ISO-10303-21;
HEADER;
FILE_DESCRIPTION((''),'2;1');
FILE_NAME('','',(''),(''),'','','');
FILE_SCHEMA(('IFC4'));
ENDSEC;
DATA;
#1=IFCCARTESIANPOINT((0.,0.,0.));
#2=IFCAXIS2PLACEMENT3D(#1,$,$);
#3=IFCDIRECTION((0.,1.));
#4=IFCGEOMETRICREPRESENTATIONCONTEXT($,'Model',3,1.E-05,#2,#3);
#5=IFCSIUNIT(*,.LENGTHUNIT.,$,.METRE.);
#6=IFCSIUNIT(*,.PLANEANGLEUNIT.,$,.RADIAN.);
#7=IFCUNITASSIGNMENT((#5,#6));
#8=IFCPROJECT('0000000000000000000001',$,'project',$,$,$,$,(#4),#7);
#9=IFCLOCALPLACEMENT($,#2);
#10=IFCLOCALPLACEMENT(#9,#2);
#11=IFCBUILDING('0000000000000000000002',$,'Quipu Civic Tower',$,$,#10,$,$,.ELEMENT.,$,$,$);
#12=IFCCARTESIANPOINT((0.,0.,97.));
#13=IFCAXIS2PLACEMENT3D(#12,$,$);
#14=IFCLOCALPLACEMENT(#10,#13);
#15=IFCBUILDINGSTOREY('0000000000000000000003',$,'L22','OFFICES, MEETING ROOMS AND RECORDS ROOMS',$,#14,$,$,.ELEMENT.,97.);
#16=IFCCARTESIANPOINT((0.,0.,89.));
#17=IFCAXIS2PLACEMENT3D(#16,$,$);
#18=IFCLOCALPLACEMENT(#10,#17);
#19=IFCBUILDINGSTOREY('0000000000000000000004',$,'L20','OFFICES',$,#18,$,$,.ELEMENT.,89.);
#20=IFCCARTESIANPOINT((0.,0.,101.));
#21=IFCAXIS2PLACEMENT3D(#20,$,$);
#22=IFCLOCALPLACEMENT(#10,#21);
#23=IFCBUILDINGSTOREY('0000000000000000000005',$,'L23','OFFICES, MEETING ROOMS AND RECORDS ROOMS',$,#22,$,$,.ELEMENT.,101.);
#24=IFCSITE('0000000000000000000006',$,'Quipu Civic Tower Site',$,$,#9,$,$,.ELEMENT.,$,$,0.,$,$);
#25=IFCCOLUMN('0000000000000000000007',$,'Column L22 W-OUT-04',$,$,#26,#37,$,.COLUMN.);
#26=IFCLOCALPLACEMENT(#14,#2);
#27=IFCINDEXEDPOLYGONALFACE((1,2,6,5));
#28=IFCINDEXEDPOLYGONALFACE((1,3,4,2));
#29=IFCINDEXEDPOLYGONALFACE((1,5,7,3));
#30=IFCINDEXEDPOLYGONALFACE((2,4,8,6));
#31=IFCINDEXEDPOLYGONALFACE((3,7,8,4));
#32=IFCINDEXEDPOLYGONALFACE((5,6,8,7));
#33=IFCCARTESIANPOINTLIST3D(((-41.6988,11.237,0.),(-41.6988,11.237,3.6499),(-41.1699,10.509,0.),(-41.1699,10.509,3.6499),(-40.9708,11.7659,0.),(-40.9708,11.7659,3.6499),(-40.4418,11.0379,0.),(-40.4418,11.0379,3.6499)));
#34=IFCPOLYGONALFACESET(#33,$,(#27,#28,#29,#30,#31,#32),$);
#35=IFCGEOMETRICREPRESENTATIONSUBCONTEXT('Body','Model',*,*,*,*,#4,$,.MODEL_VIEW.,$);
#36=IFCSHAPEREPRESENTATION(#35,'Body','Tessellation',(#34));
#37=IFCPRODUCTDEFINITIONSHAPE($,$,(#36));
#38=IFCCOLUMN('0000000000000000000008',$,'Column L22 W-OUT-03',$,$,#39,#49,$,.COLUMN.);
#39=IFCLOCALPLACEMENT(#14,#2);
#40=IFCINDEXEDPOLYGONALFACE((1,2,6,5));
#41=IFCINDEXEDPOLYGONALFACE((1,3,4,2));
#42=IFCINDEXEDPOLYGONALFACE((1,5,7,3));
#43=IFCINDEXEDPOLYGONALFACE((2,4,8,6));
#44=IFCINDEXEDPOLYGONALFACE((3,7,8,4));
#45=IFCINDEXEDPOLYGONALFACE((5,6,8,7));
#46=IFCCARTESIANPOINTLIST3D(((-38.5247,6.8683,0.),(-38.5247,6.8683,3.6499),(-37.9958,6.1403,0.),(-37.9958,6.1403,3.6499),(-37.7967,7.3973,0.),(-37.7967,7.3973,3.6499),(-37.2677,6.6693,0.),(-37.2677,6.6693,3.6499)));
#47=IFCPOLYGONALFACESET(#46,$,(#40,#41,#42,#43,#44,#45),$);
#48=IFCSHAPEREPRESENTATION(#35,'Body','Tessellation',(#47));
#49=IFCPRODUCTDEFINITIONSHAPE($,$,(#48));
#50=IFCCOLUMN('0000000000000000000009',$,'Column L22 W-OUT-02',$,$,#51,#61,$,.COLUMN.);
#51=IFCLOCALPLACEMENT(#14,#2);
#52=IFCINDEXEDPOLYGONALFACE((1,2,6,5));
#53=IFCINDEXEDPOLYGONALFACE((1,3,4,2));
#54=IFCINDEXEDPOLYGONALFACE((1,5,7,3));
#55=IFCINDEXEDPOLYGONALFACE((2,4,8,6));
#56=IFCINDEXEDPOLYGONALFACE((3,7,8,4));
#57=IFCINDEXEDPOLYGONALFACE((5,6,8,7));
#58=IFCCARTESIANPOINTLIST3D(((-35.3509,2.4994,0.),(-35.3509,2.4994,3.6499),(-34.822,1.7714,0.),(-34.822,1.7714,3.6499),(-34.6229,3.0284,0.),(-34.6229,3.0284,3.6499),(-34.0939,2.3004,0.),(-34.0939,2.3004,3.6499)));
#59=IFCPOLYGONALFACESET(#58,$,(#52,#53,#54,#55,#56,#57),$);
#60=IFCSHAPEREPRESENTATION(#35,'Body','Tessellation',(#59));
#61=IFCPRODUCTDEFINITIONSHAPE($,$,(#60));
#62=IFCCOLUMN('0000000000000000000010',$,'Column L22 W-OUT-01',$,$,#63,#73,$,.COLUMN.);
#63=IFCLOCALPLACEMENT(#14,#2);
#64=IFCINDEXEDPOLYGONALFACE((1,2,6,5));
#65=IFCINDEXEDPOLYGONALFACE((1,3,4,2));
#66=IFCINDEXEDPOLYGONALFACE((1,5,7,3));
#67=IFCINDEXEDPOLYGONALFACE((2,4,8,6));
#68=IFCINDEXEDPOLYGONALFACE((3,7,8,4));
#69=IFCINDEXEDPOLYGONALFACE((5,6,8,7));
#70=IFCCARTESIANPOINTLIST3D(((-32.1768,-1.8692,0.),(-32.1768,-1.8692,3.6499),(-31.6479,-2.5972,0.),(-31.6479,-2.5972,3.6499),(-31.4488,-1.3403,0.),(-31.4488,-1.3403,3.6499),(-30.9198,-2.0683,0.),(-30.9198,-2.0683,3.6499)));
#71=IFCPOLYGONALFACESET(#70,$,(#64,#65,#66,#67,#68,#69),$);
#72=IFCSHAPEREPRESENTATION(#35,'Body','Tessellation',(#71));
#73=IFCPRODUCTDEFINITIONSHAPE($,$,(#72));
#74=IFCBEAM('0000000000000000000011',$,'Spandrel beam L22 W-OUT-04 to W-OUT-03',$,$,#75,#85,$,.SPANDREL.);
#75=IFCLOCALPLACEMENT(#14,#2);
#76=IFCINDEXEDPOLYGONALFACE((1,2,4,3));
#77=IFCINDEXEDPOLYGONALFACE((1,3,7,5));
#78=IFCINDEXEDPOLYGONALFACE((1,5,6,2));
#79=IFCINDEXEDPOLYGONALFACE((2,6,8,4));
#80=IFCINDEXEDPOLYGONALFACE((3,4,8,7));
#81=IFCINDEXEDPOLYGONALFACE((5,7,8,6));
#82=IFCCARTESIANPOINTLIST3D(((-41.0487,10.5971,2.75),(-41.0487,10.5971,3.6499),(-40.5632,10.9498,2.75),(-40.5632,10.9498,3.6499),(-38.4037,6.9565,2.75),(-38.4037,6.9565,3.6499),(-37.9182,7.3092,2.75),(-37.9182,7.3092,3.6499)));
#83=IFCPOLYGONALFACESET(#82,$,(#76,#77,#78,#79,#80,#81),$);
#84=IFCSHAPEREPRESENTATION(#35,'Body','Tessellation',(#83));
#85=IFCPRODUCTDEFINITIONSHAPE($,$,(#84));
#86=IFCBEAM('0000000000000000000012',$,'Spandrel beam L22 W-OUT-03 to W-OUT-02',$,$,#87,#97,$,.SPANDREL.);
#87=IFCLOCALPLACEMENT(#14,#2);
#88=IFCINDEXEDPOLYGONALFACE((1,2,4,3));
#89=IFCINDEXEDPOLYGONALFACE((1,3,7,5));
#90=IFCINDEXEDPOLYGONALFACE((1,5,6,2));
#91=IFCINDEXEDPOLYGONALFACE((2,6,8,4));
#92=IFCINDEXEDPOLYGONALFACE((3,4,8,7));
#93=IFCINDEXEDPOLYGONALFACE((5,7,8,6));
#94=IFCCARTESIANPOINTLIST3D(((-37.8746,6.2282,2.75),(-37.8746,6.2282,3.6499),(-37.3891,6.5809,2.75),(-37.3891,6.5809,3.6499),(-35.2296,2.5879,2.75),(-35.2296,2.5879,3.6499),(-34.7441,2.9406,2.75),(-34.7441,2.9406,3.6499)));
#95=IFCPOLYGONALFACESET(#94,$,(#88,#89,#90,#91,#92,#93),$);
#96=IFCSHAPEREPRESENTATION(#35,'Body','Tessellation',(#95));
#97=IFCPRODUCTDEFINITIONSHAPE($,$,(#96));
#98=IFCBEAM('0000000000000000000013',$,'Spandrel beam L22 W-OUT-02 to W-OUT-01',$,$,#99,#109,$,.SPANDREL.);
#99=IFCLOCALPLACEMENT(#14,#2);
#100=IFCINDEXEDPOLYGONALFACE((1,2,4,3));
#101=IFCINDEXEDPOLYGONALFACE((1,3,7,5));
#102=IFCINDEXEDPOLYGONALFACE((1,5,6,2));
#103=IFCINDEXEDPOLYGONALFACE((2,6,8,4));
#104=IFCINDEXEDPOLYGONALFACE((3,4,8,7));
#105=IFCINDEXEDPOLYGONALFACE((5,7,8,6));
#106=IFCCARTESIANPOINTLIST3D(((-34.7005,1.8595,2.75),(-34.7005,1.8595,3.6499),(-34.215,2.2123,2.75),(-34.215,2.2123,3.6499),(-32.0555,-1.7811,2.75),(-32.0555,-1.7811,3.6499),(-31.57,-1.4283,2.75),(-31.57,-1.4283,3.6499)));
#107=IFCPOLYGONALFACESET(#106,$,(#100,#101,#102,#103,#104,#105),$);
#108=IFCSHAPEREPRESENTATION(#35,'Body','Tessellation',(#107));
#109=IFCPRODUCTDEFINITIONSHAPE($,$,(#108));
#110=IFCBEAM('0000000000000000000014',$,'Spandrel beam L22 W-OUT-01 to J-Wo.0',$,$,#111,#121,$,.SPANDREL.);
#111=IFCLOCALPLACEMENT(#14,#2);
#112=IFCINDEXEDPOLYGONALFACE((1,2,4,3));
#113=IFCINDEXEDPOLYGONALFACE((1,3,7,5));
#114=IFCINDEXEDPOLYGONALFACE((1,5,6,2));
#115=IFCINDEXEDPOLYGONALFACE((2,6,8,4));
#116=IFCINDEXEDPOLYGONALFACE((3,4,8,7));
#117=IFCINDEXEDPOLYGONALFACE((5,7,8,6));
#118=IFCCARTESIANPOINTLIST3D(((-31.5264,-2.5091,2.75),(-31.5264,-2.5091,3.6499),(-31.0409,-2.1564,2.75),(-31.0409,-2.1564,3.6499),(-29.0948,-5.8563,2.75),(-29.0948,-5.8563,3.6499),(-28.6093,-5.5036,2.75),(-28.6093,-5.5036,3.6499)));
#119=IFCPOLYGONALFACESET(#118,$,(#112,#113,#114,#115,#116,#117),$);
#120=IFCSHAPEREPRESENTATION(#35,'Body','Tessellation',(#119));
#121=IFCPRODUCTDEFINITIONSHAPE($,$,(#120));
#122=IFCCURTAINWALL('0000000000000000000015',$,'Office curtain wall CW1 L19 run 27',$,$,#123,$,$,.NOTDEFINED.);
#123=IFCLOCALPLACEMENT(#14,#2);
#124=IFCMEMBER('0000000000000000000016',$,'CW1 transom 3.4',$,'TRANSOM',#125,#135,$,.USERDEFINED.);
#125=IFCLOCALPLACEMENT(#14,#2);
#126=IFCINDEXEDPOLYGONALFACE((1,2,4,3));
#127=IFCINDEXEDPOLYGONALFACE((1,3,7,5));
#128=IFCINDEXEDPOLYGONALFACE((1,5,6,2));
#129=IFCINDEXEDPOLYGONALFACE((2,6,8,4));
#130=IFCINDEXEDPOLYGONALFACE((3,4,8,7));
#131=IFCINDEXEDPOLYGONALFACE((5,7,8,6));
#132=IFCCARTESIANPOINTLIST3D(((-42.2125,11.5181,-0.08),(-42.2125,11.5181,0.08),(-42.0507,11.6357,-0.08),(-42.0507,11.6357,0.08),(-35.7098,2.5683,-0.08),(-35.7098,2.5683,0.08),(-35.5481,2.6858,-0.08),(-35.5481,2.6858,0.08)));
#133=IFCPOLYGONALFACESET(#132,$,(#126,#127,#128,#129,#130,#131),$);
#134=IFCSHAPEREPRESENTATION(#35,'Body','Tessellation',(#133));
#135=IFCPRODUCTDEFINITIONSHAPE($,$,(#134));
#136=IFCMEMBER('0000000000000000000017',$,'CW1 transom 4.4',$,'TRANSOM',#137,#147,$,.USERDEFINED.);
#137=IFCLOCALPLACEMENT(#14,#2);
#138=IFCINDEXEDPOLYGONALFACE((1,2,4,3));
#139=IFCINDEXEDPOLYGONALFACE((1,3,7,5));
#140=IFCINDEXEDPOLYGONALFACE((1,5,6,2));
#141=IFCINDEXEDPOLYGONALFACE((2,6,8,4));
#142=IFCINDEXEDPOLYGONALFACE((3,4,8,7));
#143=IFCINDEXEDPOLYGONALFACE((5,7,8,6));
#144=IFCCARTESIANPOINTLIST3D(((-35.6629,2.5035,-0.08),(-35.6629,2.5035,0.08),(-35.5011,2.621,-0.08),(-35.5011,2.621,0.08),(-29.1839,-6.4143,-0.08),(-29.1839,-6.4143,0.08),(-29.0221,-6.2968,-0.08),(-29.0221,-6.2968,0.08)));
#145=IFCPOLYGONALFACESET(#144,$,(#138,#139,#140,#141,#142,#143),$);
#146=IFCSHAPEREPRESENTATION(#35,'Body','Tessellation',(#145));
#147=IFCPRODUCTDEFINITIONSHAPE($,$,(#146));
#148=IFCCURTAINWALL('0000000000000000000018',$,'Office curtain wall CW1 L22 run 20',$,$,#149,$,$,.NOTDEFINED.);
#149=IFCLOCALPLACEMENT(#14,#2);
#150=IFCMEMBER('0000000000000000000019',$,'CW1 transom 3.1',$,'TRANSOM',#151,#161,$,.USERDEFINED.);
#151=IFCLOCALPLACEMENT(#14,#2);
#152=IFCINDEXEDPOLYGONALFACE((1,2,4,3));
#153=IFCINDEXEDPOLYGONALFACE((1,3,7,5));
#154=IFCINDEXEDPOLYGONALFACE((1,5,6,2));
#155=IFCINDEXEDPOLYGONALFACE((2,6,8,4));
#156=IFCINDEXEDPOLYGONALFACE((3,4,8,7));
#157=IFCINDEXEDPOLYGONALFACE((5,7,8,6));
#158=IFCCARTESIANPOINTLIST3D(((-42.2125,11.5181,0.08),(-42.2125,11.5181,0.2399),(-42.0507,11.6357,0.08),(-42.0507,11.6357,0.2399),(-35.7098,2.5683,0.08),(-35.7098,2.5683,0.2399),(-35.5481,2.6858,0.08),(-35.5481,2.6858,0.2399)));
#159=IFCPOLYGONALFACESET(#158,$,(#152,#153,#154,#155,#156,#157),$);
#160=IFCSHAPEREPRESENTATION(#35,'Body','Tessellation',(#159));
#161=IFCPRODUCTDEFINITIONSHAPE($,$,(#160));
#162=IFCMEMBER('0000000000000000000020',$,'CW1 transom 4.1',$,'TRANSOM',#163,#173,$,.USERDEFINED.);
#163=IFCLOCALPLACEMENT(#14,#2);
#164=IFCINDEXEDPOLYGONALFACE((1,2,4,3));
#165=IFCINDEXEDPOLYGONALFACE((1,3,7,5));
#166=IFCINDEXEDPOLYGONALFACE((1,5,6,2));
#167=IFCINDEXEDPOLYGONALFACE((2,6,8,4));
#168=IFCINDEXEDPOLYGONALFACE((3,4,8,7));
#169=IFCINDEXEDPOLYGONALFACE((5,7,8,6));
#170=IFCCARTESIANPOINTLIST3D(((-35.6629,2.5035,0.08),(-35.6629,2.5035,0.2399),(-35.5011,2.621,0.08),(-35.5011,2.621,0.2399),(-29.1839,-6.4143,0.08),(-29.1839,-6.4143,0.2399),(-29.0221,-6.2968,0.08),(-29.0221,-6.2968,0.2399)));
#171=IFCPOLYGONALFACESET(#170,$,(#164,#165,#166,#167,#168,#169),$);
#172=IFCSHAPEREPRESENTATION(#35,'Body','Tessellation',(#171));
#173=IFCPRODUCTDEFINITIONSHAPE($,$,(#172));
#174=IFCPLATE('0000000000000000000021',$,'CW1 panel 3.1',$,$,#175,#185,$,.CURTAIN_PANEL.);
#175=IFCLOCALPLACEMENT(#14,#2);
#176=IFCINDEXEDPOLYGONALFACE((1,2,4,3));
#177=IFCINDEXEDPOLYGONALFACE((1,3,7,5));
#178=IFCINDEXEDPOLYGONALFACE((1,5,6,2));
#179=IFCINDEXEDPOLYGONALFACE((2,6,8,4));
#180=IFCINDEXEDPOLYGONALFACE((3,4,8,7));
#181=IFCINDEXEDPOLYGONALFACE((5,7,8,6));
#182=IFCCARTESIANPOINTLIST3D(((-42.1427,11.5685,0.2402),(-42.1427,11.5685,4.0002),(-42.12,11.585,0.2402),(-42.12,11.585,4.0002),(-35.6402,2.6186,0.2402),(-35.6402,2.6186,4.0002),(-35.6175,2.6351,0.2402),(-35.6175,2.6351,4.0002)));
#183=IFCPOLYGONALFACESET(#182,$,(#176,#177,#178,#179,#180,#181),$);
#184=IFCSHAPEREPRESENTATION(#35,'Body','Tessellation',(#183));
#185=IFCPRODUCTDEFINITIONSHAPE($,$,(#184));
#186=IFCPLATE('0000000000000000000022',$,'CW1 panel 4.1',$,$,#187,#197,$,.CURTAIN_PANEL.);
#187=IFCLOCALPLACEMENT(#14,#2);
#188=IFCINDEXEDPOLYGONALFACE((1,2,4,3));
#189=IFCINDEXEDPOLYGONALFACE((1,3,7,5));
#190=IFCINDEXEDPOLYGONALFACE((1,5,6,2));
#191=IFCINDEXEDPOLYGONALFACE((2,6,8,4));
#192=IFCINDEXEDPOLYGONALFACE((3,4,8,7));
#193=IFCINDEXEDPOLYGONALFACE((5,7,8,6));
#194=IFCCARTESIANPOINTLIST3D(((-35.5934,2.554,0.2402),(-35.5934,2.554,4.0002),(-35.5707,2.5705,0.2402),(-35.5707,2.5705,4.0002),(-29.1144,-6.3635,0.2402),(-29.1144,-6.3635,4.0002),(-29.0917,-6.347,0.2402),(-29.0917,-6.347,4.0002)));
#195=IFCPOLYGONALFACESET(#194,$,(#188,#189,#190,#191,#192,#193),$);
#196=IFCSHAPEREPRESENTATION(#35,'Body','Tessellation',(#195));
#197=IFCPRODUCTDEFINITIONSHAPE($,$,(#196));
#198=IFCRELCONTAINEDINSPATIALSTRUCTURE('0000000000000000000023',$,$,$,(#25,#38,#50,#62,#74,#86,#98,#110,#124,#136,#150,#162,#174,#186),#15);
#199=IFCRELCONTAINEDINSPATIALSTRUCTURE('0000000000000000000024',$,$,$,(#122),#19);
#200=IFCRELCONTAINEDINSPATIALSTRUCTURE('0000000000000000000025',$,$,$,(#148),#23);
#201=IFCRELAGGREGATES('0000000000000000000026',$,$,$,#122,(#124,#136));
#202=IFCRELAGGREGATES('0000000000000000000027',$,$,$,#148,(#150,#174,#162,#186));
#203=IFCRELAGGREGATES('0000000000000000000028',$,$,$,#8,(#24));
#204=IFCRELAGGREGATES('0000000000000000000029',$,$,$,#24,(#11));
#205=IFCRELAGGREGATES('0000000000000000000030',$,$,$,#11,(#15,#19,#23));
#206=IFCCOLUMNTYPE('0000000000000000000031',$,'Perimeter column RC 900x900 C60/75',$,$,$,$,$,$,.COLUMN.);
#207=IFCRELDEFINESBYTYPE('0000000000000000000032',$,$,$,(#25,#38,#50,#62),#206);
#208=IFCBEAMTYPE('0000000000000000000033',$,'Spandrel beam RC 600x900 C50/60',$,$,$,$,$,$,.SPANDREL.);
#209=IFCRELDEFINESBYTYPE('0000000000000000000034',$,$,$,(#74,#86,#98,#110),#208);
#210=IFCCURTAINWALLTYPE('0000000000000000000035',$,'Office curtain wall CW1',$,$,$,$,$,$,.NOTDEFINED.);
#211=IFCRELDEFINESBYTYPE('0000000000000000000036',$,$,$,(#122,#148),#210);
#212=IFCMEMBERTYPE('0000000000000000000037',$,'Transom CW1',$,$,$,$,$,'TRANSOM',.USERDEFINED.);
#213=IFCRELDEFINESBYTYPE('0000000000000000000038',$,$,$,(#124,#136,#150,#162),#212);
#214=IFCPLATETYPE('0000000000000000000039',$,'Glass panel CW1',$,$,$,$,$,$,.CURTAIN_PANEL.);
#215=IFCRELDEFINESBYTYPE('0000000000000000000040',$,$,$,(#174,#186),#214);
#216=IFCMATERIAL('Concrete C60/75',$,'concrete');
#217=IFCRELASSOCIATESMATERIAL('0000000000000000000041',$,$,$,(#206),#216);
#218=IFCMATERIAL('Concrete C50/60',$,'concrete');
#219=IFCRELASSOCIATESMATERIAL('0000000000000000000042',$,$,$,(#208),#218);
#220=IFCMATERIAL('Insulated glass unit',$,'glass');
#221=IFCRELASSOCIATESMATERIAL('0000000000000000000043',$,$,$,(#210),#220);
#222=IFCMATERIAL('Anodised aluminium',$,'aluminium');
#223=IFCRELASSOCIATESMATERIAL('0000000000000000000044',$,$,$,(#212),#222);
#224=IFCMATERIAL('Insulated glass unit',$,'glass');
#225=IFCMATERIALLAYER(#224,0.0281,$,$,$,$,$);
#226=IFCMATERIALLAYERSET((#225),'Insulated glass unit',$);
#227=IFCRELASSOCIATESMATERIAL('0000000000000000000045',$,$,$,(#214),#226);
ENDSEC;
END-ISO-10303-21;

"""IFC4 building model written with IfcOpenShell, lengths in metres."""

from ifc_helpers import new_model, si_unit, direction, frame, origin, origin_2d, place, context, subcontext, project, spatial, rectangle, extrude, material, layer, layer_set, material_profile, profile_set, type_object, element, aggregate, save


model = new_model("IFC4")

# Units and contexts
model_context = context("Model", 3, precision=1e-05, world=origin(), true_north=direction((0.0, 1.0)))
body_context = subcontext(model_context, "Body", "Model", "MODEL_VIEW")
ifc_project = project(units=[si_unit("LENGTHUNIT", "METRE"), si_unit("PLANEANGLEUNIT", "RADIAN")], contexts=[model_context])

# Site, building, storey
site_placement = place(None, origin())
site = spatial("IfcSite", under=ifc_project, at=site_placement, Name="Quipu Civic Tower Site", CompositionType="ELEMENT", RefElevation=0.0)
building_placement = place(site_placement, origin())
building = spatial("IfcBuilding", under=site, at=building_placement, Name="Quipu Civic Tower", CompositionType="ELEMENT")
storey_1_placement = place(building_placement, frame((0.0, 0.0, 97.0)))
storey_1 = spatial("IfcBuildingStorey", under=building, at=storey_1_placement, Name="L22", Description="OFFICES, MEETING ROOMS AND RECORDS ROOMS", CompositionType="ELEMENT", Elevation=97.0)

# Columns
ifc_material_1 = material(Name="Concrete C60/75", Category="concrete")
ifc_material_profile_1 = material_profile(ifc_material_1, rectangle(XDim=0.8999, YDim=0.8999, at=origin_2d()), Name="RC900x900")
ifc_profile_set_1 = profile_set([ifc_material_profile_1], Name="Concrete C60/75")
column_type = type_object("IfcColumnType", Name="Perimeter column RC 900x900 C60/75", PredefinedType="COLUMN", material=ifc_profile_set_1)
for number, where, z_axis, x_axis, name in (
    (1, (-41.0703, 11.1375, 0.0), (0.0, 0.0, 1.0), (0.587785, -0.809017, 0.0), "Column L22 W-OUT-04"),
    (2, (-37.8962, 6.7688, 0.0), (0.0, 0.0, 1.0), (0.587785, -0.809017, 0.0), "Column L22 W-OUT-03"),
    (3, (-34.7224, 2.3999, 0.0), (0.0, 0.0, 1.0), (0.587785, -0.809017, 0.0), "Column L22 W-OUT-02"),
    (4, (-31.5483, -1.9688, 0.0), (0.0, 0.0, 1.0), (0.587785, -0.809017, 0.0), "Column L22 W-OUT-01"),
):
    element("IfcColumn", number, at=place(storey_1_placement, frame(where, z_axis=z_axis, x_axis=x_axis)), inside=storey_1, type_object=column_type, Name=name, PredefinedType="COLUMN", context=body_context, shape_type="SweptSolid", body=[
        extrude(rectangle(XDim=0.8999, YDim=0.8999, at=origin_2d()), origin(), (0.0, 0.0, 1.0), 3.6499),
    ])

# Beams
ifc_material_2 = material(Name="Concrete C50/60", Category="concrete")
ifc_material_profile_2 = material_profile(ifc_material_2, rectangle(XDim=0.6001, YDim=0.8999, at=origin_2d()), Name="RC600x900")
ifc_profile_set_2 = profile_set([ifc_material_profile_2], Name="Concrete C50/60")
beam_type = type_object("IfcBeamType", Name="Spandrel beam RC 600x900 C50/60", PredefinedType="SPANDREL", material=ifc_profile_set_2)
beam_1_placement = place(storey_1_placement, frame((-40.8059, 10.7734, 3.2), z_axis=(0.587778, -0.809022, 0.0), x_axis=(0.809022, 0.587778, 0.0)))
element("IfcBeam", 5, at=beam_1_placement, inside=storey_1, type_object=beam_type, Name="Spandrel beam L22 W-OUT-04 to W-OUT-03", PredefinedType="SPANDREL", context=body_context, shape_type="SweptSolid", body=[
    extrude(rectangle(XDim=0.6001, YDim=0.8999, at=origin_2d()), origin(), (0.0, 0.0, 1.0), 4.5),
])
beam_2_placement = place(storey_1_placement, frame((-37.6318, 6.4045, 3.2), z_axis=(0.587804, -0.809003, 0.0), x_axis=(0.809003, 0.587804, 0.0)))
element("IfcBeam", 6, at=beam_2_placement, inside=storey_1, type_object=beam_type, Name="Spandrel beam L22 W-OUT-03 to W-OUT-02", PredefinedType="SPANDREL", context=body_context, shape_type="SweptSolid", body=[
    extrude(rectangle(XDim=0.6001, YDim=0.8999, at=origin_2d()), origin(), (0.0, 0.0, 1.0), 4.4998),
])
beam_3_placement = place(storey_1_placement, frame((-34.4578, 2.0359, 3.2), z_axis=(0.587778, -0.809022, 0.0), x_axis=(0.809022, 0.587778, 0.0)))
element("IfcBeam", 7, at=beam_3_placement, inside=storey_1, type_object=beam_type, Name="Spandrel beam L22 W-OUT-02 to W-OUT-01", PredefinedType="SPANDREL", context=body_context, shape_type="SweptSolid", body=[
    extrude(rectangle(XDim=0.6001, YDim=0.8999, at=origin_2d()), origin(), (0.0, 0.0, 1.0), 4.5),
])
beam_4_placement = place(storey_1_placement, frame((-31.2837, -2.3328, 3.2), z_axis=(0.587751, -0.809042, 0.0), x_axis=(0.809042, 0.587751, 0.0)))
element("IfcBeam", 8, at=beam_4_placement, inside=storey_1, type_object=beam_type, Name="Spandrel beam L22 W-OUT-01 to J-Wo.0", PredefinedType="SPANDREL", context=body_context, shape_type="SweptSolid", body=[
    extrude(rectangle(XDim=0.6001, YDim=0.8999, at=origin_2d()), origin(), (0.0, 0.0, 1.0), 4.1372),
])

# Shared definitions
storey_2_placement = place(building_placement, frame((0.0, 0.0, 89.0)))
storey_2 = spatial("IfcBuildingStorey", under=building, at=storey_2_placement, Name="L20", Description="OFFICES", CompositionType="ELEMENT", Elevation=89.0)

# Curtain wall, members
ifc_material_3 = material(Name="Insulated glass unit", Category="glass")
curtain_wall_type = type_object("IfcCurtainWallType", Name="Office curtain wall CW1", PredefinedType="NOTDEFINED", material=ifc_material_3)
curtain_wall_1_placement = place(storey_2_placement, origin())
curtain_wall_1 = element("IfcCurtainWall", 9, at=curtain_wall_1_placement, inside=storey_2, type_object=curtain_wall_type, Name="Office curtain wall CW1 L19 run 27", PredefinedType="NOTDEFINED")
ifc_material_4 = material(Name="Anodised aluminium", Category="aluminium")
ifc_material_profile_3 = material_profile(ifc_material_4, rectangle(XDim=0.2, YDim=0.1599, at=origin_2d()), Name="RECT 200x160")
ifc_profile_set_3 = profile_set([ifc_material_profile_3], Name="Anodised aluminium")
member_type = type_object("IfcMemberType", Name="Transom CW1", ElementType="TRANSOM", PredefinedType="USERDEFINED", material=ifc_profile_set_3)
member_1_placement = place(storey_1_placement, frame((-42.1316, 11.5769, 0.0), z_axis=(0.587795, -0.80901, 0.0), x_axis=(0.80901, 0.587795, 0.0)))
member_1 = element("IfcMember", 10, at=member_1_placement, inside=storey_1, type_object=member_type, Name="CW1 transom 3.4", ObjectType="TRANSOM", PredefinedType="USERDEFINED", context=body_context, shape_type="SweptSolid", body=[
    extrude(rectangle(XDim=0.2, YDim=0.1599, at=origin_2d()), origin(), (0.0, 0.0, 1.0), 11.0627),
])
member_2_placement = place(storey_1_placement, frame((-35.582, 2.5623, 0.0), z_axis=(0.587779, -0.809021, 0.0), x_axis=(0.809021, 0.587779, 0.0)))
member_2 = element("IfcMember", 11, at=member_2_placement, inside=storey_1, type_object=member_type, Name="CW1 transom 4.4", ObjectType="TRANSOM", PredefinedType="USERDEFINED", context=body_context, shape_type="SweptSolid", body=[
    extrude(rectangle(XDim=0.2, YDim=0.1599, at=origin_2d()), origin(), (0.0, 0.0, 1.0), 11.0229),
])
aggregate(curtain_wall_1, [member_1, member_2])

# Shared definitions
storey_3_placement = place(building_placement, frame((0.0, 0.0, 101.0)))
storey_3 = spatial("IfcBuildingStorey", under=building, at=storey_3_placement, Name="L23", Description="OFFICES, MEETING ROOMS AND RECORDS ROOMS", CompositionType="ELEMENT", Elevation=101.0)

# Curtain wall, members, plates
curtain_wall_2_placement = place(storey_3_placement, origin())
curtain_wall_2 = element("IfcCurtainWall", 12, at=curtain_wall_2_placement, inside=storey_3, type_object=curtain_wall_type, Name="Office curtain wall CW1 L22 run 20", PredefinedType="NOTDEFINED")
member_3_placement = place(storey_1_placement, frame((-42.1316, 11.5769, 0.1599), z_axis=(0.587795, -0.80901, 0.0), x_axis=(0.80901, 0.587795, 0.0)))
member_3 = element("IfcMember", 13, at=member_3_placement, inside=storey_1, type_object=member_type, Name="CW1 transom 3.1", ObjectType="TRANSOM", PredefinedType="USERDEFINED", context=body_context, shape_type="SweptSolid", body=[
    extrude(rectangle(XDim=0.2, YDim=0.1599, at=origin_2d()), origin(), (0.0, 0.0, 1.0), 11.0627),
])
member_4_placement = place(storey_1_placement, frame((-35.582, 2.5623, 0.1599), z_axis=(0.587779, -0.809021, 0.0), x_axis=(0.809021, 0.587779, 0.0)))
member_4 = element("IfcMember", 14, at=member_4_placement, inside=storey_1, type_object=member_type, Name="CW1 transom 4.1", ObjectType="TRANSOM", PredefinedType="USERDEFINED", context=body_context, shape_type="SweptSolid", body=[
    extrude(rectangle(XDim=0.2, YDim=0.1599, at=origin_2d()), origin(), (0.0, 0.0, 1.0), 11.0229),
])
ifc_material_5 = material(Name="Insulated glass unit", Category="glass")
ifc_layer_1 = layer(ifc_material_5, 0.0281)
ifc_layer_set_1 = layer_set([ifc_layer_1], Name="Insulated glass unit")
plate_type_1 = type_object("IfcPlateType", Name="Glass panel CW1", PredefinedType="CURTAIN_PANEL", material=ifc_layer_set_1)
plate_1_placement = place(storey_1_placement, frame((-38.8801, 7.1018, 0.2402), z_axis=(0.0, 0.0, 1.0), x_axis=(0.587786, -0.809017, 0.0)))
plate_1 = element("IfcPlate", 15, at=plate_1_placement, inside=storey_1, type_object=plate_type_1, Name="CW1 panel 3.1", PredefinedType="CURTAIN_PANEL", context=body_context, shape_type="SweptSolid", body=[
    extrude(rectangle(XDim=11.0627, YDim=0.0281, at=origin_2d()), origin(), (0.0, 0.0, 1.0), 3.76),
])
plate_2_placement = place(storey_1_placement, frame((-32.3425, -1.8965, 0.2402), z_axis=(0.0, 0.0, 1.0), x_axis=(0.587786, -0.809017, 0.0)))
plate_2 = element("IfcPlate", 16, at=plate_2_placement, inside=storey_1, type_object=plate_type_1, Name="CW1 panel 4.1", PredefinedType="CURTAIN_PANEL", context=body_context, shape_type="SweptSolid", body=[
    extrude(rectangle(XDim=11.0227, YDim=0.0281, at=origin_2d()), origin(), (0.0, 0.0, 1.0), 3.76),
])
aggregate(curtain_wall_2, [member_3, plate_1, member_4, plate_2])

save(model, "model.ifc")
